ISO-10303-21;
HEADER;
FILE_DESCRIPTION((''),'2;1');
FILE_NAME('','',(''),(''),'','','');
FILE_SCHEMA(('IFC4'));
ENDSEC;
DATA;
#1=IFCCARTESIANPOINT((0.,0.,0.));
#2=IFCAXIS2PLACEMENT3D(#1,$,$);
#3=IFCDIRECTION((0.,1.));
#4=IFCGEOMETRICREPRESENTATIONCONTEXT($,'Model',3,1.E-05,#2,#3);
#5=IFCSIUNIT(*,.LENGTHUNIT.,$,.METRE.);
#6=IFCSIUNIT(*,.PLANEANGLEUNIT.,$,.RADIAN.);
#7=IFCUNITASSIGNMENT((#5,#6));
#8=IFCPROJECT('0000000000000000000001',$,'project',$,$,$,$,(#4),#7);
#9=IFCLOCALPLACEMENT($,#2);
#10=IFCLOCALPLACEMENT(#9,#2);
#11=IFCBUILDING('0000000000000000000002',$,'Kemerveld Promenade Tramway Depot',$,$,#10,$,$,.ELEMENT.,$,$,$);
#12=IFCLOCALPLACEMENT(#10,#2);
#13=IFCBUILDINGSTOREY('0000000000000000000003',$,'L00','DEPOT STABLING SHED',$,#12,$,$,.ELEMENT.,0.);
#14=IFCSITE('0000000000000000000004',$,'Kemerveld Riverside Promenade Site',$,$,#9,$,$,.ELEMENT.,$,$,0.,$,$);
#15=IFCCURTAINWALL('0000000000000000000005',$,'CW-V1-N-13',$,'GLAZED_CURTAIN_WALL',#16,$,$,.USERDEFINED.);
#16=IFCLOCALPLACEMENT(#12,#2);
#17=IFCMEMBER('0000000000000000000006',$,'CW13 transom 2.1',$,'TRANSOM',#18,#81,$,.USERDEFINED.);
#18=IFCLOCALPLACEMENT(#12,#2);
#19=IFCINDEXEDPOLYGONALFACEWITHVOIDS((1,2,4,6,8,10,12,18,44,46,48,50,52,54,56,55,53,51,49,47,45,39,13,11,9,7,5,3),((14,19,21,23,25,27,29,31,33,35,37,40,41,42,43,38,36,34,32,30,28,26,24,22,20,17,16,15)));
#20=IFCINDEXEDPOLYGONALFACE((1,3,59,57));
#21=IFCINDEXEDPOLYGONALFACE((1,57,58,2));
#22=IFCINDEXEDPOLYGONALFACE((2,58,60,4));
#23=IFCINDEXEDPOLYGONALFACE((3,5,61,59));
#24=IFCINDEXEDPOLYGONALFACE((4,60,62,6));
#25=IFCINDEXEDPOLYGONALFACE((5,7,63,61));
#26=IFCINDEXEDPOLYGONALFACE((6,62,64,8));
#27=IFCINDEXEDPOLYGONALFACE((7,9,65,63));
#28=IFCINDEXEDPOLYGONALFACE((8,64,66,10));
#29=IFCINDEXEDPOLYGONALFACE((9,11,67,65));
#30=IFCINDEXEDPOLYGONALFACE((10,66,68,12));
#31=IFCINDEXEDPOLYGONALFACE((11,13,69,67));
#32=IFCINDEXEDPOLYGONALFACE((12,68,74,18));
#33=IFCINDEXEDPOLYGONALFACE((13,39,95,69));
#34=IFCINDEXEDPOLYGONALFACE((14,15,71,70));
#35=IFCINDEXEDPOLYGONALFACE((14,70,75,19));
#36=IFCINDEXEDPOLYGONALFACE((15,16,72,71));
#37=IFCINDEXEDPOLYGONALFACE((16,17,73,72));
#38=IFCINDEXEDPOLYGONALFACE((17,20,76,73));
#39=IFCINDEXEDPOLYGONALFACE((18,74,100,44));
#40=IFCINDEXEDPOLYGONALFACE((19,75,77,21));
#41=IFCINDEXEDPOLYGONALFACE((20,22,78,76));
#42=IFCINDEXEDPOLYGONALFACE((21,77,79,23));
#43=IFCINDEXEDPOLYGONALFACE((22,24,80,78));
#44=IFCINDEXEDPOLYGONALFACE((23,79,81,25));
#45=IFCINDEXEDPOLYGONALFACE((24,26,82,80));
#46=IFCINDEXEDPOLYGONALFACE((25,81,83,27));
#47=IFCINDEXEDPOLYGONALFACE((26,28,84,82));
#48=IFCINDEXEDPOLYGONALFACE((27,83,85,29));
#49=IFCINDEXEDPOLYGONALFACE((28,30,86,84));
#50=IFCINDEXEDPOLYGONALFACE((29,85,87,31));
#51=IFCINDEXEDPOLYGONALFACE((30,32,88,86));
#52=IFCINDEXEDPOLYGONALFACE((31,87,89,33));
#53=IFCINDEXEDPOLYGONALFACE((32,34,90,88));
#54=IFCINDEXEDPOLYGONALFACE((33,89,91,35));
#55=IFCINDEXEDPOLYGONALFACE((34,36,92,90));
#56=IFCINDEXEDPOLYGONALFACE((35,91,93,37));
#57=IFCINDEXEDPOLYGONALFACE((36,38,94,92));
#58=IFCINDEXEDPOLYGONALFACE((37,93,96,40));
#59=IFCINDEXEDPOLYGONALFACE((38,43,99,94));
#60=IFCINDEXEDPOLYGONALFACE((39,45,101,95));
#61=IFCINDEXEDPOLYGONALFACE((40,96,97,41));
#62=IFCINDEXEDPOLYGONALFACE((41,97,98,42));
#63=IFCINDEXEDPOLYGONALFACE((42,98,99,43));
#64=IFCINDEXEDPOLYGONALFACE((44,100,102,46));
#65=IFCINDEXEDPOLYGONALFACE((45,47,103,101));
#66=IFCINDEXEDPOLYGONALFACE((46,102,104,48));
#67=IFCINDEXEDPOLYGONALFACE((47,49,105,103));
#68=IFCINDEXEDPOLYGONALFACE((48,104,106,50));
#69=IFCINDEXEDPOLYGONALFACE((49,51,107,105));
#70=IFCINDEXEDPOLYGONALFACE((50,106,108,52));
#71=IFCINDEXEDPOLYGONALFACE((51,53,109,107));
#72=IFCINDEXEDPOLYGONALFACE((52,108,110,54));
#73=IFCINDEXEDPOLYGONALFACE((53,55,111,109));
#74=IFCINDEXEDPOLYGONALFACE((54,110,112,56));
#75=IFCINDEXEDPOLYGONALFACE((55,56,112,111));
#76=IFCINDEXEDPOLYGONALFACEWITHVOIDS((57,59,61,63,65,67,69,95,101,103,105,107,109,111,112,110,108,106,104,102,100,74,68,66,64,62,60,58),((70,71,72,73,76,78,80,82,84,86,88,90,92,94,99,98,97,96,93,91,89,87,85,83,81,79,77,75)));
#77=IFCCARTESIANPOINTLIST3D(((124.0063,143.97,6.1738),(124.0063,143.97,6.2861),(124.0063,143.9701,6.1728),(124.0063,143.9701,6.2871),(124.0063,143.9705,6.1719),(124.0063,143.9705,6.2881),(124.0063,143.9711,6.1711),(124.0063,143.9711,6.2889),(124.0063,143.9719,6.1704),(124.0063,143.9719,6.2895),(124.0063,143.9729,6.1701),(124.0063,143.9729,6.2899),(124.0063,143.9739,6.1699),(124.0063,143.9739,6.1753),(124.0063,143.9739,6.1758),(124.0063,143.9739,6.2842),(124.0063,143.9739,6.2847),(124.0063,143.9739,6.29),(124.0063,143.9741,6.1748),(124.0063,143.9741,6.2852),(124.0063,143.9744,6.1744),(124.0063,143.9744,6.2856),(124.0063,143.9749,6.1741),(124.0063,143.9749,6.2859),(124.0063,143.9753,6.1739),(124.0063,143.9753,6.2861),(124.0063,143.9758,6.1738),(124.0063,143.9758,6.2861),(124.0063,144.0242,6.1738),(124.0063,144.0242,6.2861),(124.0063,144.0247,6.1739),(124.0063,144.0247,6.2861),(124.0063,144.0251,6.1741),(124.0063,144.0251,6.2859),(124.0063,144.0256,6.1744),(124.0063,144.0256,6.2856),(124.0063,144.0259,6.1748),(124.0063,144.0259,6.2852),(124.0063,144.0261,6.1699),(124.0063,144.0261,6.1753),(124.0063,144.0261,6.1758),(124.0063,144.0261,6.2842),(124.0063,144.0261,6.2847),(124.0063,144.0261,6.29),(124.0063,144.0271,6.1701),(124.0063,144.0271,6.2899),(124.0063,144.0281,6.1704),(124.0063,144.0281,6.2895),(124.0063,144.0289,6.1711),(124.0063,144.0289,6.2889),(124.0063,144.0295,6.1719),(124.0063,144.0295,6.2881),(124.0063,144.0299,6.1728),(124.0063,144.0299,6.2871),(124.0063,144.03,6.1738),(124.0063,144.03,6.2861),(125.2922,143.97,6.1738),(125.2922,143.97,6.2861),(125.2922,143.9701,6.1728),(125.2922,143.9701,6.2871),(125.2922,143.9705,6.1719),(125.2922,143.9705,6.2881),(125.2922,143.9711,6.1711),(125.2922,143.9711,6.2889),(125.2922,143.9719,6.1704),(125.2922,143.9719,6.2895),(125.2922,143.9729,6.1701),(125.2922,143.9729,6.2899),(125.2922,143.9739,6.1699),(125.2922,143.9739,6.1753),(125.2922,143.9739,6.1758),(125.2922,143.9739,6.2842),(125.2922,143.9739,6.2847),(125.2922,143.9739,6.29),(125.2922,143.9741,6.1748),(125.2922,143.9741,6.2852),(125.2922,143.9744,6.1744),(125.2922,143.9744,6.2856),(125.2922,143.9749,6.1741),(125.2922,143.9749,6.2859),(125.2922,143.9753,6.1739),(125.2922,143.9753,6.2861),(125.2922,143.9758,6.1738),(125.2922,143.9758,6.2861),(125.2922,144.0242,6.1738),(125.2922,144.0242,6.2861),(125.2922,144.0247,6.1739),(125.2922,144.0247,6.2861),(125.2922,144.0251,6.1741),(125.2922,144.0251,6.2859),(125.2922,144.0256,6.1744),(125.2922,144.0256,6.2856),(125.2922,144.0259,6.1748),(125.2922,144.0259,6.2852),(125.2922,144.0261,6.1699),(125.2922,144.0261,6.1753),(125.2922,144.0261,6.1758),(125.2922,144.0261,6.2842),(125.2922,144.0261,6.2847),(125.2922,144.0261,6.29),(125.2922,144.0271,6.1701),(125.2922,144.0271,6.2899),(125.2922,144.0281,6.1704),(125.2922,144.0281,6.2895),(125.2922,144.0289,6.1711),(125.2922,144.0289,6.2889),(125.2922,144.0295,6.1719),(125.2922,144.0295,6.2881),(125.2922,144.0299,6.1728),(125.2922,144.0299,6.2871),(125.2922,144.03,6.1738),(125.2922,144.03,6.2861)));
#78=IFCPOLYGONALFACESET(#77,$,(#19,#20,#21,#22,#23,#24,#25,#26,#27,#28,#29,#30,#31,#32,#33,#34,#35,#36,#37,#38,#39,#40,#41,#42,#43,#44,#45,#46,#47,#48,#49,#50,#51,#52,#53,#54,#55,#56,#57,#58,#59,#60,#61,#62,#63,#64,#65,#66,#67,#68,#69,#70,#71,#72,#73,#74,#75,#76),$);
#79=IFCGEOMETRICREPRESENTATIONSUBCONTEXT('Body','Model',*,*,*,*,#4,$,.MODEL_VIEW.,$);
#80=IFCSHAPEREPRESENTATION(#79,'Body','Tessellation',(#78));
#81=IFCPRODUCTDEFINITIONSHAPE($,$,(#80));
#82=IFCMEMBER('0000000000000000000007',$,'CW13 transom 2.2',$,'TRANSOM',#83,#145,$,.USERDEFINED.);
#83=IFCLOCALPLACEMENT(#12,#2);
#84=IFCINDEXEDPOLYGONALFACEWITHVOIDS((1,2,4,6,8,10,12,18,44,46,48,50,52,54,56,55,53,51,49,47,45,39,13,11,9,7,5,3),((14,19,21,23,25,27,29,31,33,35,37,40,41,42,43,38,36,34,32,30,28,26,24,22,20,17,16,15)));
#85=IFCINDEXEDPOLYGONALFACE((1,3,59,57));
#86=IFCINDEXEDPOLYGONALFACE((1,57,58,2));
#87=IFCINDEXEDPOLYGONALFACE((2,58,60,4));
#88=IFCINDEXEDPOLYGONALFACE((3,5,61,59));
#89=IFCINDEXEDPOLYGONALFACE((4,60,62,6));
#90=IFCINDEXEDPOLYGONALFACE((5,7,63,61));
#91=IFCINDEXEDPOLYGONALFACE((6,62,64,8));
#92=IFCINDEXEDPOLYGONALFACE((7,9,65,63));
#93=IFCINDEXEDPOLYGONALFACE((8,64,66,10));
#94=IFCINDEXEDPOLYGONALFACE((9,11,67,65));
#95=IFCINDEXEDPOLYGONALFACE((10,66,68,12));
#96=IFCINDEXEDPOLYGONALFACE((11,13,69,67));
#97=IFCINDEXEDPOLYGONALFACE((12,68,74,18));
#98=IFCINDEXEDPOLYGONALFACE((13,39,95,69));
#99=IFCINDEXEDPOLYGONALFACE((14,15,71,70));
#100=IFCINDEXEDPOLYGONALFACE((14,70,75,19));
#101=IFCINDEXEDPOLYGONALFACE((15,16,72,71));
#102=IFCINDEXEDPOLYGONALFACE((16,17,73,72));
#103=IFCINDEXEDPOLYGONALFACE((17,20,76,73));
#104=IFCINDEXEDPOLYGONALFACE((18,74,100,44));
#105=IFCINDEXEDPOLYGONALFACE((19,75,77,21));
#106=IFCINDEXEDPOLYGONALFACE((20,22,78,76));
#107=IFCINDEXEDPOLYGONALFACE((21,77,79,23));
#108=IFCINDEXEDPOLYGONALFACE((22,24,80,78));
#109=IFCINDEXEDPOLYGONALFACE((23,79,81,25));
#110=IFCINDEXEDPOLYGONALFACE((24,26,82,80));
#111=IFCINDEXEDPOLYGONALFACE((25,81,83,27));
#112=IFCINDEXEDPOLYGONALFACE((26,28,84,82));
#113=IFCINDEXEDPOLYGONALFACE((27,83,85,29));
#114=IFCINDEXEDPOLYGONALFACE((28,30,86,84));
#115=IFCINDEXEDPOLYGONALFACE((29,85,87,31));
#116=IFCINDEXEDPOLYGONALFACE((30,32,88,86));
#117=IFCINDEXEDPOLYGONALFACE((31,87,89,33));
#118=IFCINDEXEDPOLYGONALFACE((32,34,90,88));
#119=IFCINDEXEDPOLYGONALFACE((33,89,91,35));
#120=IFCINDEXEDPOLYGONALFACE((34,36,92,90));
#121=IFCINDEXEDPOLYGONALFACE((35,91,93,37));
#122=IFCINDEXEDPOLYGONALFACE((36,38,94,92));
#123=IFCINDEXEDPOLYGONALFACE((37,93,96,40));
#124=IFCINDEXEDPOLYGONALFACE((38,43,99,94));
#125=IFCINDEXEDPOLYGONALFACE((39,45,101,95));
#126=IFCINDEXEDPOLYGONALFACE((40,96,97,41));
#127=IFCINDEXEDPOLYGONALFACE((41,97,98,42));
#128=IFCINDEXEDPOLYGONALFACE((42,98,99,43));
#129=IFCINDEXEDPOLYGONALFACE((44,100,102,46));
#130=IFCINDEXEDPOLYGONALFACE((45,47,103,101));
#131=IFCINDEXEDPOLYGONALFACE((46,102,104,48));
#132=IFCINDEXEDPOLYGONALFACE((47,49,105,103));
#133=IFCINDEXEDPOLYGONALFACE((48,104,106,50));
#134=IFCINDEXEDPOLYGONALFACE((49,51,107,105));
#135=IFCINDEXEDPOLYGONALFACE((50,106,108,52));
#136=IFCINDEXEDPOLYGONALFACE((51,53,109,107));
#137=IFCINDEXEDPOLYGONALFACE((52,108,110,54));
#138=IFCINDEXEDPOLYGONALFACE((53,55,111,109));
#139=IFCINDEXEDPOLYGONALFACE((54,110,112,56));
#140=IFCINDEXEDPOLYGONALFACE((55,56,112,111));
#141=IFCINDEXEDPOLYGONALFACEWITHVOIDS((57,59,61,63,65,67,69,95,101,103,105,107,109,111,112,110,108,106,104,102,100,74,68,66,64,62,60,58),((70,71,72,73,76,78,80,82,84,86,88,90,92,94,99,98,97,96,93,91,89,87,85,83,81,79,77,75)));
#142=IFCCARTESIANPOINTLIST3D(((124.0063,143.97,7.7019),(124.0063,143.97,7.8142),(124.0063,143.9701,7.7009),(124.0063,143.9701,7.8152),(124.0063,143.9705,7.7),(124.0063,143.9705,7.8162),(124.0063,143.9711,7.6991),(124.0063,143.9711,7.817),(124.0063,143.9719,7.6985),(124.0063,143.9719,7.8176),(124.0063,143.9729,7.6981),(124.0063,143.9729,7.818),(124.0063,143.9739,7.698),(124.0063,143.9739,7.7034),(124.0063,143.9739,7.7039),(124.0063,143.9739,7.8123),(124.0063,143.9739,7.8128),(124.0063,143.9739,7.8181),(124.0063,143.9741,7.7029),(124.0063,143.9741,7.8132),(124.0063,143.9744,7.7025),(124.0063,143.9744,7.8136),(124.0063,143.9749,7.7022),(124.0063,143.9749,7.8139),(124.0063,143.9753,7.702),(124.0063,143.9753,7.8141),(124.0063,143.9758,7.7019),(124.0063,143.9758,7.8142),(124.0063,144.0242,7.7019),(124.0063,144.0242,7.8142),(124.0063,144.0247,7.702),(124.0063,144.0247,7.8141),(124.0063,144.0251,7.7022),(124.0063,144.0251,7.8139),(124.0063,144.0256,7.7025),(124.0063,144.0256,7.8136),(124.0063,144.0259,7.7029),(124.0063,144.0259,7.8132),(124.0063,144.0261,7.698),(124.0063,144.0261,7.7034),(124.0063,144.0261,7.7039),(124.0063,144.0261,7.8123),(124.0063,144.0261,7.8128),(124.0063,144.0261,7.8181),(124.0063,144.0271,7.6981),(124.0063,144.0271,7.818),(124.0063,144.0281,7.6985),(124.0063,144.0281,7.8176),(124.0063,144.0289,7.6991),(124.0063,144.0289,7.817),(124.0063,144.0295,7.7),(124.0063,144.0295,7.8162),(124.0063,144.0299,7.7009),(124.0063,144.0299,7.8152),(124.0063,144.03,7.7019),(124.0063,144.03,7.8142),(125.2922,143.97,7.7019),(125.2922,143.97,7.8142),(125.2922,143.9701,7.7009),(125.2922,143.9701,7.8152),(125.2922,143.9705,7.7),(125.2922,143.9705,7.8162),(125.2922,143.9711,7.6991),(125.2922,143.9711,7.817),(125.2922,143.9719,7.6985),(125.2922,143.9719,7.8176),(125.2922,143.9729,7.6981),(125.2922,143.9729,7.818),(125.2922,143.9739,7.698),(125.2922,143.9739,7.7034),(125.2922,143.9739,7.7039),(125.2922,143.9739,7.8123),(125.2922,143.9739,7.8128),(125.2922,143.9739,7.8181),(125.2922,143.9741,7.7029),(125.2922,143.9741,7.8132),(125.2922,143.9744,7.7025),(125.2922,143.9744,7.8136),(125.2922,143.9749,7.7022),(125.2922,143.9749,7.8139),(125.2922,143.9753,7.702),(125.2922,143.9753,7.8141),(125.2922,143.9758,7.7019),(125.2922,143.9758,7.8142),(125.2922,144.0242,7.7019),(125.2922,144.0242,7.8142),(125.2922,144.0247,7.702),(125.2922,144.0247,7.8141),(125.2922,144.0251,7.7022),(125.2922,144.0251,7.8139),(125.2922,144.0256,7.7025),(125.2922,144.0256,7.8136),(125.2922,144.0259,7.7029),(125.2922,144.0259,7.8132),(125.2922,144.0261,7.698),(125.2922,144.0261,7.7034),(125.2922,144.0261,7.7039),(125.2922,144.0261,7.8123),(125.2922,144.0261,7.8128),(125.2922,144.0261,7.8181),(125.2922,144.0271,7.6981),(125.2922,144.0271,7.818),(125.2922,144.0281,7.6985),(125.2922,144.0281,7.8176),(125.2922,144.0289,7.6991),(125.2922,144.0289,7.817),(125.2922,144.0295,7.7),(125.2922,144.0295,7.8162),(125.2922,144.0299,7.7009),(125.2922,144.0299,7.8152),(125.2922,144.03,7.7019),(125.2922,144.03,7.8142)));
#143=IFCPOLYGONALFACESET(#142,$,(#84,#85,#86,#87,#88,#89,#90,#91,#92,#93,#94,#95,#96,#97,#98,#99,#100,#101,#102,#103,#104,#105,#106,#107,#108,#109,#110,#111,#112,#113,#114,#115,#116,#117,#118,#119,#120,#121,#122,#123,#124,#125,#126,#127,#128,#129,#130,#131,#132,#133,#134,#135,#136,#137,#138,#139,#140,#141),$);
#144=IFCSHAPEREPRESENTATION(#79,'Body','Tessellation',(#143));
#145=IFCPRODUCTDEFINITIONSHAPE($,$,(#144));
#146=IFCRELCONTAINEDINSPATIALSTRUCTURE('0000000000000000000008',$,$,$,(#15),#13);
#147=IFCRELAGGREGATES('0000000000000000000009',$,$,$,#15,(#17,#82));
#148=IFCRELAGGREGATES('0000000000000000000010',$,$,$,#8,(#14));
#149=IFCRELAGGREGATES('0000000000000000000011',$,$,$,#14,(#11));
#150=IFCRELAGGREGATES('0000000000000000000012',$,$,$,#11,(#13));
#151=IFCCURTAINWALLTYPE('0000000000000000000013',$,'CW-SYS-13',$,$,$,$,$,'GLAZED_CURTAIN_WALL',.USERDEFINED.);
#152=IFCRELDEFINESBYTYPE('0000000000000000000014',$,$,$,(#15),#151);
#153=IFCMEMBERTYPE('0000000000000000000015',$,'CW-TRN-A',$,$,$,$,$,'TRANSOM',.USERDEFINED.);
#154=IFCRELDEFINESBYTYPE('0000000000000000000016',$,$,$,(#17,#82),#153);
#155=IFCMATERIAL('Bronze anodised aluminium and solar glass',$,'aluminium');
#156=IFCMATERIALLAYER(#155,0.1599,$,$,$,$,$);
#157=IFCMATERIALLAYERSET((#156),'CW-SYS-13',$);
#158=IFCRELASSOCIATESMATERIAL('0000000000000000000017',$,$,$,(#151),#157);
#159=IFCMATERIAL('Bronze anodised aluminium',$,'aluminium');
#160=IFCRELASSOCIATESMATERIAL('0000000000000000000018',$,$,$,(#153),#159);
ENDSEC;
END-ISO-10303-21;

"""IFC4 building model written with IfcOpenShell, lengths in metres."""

from ifc_helpers import new_model, si_unit, direction, frame, origin, origin_2d, place, context, subcontext, project, spatial, hollow_rectangle, extrude, material, layer, layer_set, material_profile, profile_set, type_object, element, aggregate, save


model = new_model("IFC4")

# Units and contexts
model_context = context("Model", 3, precision=1e-05, world=origin(), true_north=direction((0.0, 1.0)))
body_context = subcontext(model_context, "Body", "Model", "MODEL_VIEW")
ifc_project = project(units=[si_unit("LENGTHUNIT", "METRE"), si_unit("PLANEANGLEUNIT", "RADIAN")], contexts=[model_context])

# Site, building, storey
site_placement = place(None, origin())
site = spatial("IfcSite", under=ifc_project, at=site_placement, Name="Kemerveld Riverside Promenade Site", CompositionType="ELEMENT", RefElevation=0.0)
building_placement = place(site_placement, origin())
building = spatial("IfcBuilding", under=site, at=building_placement, Name="Kemerveld Promenade Tramway Depot", CompositionType="ELEMENT")
storey_placement = place(building_placement, origin())
storey = spatial("IfcBuildingStorey", under=building, at=storey_placement, Name="L00", Description="DEPOT STABLING SHED", CompositionType="ELEMENT", Elevation=0.0)

# Curtain wall, members
ifc_material_1 = material(Name="Bronze anodised aluminium and solar glass", Category="aluminium")
ifc_layer_1 = layer(ifc_material_1, 0.1599)
ifc_layer_set_1 = layer_set([ifc_layer_1], Name="CW-SYS-13")
curtain_wall_type = type_object("IfcCurtainWallType", Name="CW-SYS-13", ElementType="GLAZED_CURTAIN_WALL", PredefinedType="USERDEFINED", material=ifc_layer_set_1)
curtain_wall_placement = place(storey_placement, origin())
curtain_wall = element("IfcCurtainWall", 1, at=curtain_wall_placement, inside=storey, type_object=curtain_wall_type, Name="CW-V1-N-13", ObjectType="GLAZED_CURTAIN_WALL", PredefinedType="USERDEFINED")
ifc_material_2 = material(Name="Bronze anodised aluminium", Category="aluminium")
ifc_material_profile_1 = material_profile(ifc_material_2, hollow_rectangle(XDim=0.0601, YDim=0.1201, WallThickness=0.0039, InnerFilletRadius=0.002, OuterFilletRadius=0.0039, at=origin_2d()), Name="CW-TRN-120x60")
ifc_profile_set_1 = profile_set([ifc_material_profile_1], Name="Bronze anodised aluminium")
member_type_1 = type_object("IfcMemberType", Name="CW-TRN-A", ElementType="TRANSOM", PredefinedType="USERDEFINED", material=ifc_profile_set_1)
member_1_placement = place(storey_placement, frame((124.0063, 144.0, 6.23), z_axis=(1.0, 0.0, 0.0), x_axis=(0.0, 1.0, 0.0)))
member_1 = element("IfcMember", 2, at=member_1_placement, type_object=member_type_1, Name="CW13 transom 2.1", ObjectType="TRANSOM", PredefinedType="USERDEFINED", context=body_context, shape_type="SweptSolid", body=[
    extrude(hollow_rectangle(XDim=0.0601, YDim=0.1201, WallThickness=0.0039, InnerFilletRadius=0.002, OuterFilletRadius=0.0039, at=origin_2d()), origin(), (0.0, 0.0, 1.0), 1.2859),
])
member_2_placement = place(storey_placement, frame((124.0063, 144.0, 7.7581), z_axis=(1.0, 0.0, 0.0), x_axis=(0.0, 1.0, 0.0)))
member_2 = element("IfcMember", 3, at=member_2_placement, type_object=member_type_1, Name="CW13 transom 2.2", ObjectType="TRANSOM", PredefinedType="USERDEFINED", context=body_context, shape_type="SweptSolid", body=[
    extrude(hollow_rectangle(XDim=0.0601, YDim=0.1201, WallThickness=0.0039, InnerFilletRadius=0.002, OuterFilletRadius=0.0039, at=origin_2d()), origin(), (0.0, 0.0, 1.0), 1.2859),
])
aggregate(curtain_wall, [member_1, member_2])

save(model, "model.ifc")
